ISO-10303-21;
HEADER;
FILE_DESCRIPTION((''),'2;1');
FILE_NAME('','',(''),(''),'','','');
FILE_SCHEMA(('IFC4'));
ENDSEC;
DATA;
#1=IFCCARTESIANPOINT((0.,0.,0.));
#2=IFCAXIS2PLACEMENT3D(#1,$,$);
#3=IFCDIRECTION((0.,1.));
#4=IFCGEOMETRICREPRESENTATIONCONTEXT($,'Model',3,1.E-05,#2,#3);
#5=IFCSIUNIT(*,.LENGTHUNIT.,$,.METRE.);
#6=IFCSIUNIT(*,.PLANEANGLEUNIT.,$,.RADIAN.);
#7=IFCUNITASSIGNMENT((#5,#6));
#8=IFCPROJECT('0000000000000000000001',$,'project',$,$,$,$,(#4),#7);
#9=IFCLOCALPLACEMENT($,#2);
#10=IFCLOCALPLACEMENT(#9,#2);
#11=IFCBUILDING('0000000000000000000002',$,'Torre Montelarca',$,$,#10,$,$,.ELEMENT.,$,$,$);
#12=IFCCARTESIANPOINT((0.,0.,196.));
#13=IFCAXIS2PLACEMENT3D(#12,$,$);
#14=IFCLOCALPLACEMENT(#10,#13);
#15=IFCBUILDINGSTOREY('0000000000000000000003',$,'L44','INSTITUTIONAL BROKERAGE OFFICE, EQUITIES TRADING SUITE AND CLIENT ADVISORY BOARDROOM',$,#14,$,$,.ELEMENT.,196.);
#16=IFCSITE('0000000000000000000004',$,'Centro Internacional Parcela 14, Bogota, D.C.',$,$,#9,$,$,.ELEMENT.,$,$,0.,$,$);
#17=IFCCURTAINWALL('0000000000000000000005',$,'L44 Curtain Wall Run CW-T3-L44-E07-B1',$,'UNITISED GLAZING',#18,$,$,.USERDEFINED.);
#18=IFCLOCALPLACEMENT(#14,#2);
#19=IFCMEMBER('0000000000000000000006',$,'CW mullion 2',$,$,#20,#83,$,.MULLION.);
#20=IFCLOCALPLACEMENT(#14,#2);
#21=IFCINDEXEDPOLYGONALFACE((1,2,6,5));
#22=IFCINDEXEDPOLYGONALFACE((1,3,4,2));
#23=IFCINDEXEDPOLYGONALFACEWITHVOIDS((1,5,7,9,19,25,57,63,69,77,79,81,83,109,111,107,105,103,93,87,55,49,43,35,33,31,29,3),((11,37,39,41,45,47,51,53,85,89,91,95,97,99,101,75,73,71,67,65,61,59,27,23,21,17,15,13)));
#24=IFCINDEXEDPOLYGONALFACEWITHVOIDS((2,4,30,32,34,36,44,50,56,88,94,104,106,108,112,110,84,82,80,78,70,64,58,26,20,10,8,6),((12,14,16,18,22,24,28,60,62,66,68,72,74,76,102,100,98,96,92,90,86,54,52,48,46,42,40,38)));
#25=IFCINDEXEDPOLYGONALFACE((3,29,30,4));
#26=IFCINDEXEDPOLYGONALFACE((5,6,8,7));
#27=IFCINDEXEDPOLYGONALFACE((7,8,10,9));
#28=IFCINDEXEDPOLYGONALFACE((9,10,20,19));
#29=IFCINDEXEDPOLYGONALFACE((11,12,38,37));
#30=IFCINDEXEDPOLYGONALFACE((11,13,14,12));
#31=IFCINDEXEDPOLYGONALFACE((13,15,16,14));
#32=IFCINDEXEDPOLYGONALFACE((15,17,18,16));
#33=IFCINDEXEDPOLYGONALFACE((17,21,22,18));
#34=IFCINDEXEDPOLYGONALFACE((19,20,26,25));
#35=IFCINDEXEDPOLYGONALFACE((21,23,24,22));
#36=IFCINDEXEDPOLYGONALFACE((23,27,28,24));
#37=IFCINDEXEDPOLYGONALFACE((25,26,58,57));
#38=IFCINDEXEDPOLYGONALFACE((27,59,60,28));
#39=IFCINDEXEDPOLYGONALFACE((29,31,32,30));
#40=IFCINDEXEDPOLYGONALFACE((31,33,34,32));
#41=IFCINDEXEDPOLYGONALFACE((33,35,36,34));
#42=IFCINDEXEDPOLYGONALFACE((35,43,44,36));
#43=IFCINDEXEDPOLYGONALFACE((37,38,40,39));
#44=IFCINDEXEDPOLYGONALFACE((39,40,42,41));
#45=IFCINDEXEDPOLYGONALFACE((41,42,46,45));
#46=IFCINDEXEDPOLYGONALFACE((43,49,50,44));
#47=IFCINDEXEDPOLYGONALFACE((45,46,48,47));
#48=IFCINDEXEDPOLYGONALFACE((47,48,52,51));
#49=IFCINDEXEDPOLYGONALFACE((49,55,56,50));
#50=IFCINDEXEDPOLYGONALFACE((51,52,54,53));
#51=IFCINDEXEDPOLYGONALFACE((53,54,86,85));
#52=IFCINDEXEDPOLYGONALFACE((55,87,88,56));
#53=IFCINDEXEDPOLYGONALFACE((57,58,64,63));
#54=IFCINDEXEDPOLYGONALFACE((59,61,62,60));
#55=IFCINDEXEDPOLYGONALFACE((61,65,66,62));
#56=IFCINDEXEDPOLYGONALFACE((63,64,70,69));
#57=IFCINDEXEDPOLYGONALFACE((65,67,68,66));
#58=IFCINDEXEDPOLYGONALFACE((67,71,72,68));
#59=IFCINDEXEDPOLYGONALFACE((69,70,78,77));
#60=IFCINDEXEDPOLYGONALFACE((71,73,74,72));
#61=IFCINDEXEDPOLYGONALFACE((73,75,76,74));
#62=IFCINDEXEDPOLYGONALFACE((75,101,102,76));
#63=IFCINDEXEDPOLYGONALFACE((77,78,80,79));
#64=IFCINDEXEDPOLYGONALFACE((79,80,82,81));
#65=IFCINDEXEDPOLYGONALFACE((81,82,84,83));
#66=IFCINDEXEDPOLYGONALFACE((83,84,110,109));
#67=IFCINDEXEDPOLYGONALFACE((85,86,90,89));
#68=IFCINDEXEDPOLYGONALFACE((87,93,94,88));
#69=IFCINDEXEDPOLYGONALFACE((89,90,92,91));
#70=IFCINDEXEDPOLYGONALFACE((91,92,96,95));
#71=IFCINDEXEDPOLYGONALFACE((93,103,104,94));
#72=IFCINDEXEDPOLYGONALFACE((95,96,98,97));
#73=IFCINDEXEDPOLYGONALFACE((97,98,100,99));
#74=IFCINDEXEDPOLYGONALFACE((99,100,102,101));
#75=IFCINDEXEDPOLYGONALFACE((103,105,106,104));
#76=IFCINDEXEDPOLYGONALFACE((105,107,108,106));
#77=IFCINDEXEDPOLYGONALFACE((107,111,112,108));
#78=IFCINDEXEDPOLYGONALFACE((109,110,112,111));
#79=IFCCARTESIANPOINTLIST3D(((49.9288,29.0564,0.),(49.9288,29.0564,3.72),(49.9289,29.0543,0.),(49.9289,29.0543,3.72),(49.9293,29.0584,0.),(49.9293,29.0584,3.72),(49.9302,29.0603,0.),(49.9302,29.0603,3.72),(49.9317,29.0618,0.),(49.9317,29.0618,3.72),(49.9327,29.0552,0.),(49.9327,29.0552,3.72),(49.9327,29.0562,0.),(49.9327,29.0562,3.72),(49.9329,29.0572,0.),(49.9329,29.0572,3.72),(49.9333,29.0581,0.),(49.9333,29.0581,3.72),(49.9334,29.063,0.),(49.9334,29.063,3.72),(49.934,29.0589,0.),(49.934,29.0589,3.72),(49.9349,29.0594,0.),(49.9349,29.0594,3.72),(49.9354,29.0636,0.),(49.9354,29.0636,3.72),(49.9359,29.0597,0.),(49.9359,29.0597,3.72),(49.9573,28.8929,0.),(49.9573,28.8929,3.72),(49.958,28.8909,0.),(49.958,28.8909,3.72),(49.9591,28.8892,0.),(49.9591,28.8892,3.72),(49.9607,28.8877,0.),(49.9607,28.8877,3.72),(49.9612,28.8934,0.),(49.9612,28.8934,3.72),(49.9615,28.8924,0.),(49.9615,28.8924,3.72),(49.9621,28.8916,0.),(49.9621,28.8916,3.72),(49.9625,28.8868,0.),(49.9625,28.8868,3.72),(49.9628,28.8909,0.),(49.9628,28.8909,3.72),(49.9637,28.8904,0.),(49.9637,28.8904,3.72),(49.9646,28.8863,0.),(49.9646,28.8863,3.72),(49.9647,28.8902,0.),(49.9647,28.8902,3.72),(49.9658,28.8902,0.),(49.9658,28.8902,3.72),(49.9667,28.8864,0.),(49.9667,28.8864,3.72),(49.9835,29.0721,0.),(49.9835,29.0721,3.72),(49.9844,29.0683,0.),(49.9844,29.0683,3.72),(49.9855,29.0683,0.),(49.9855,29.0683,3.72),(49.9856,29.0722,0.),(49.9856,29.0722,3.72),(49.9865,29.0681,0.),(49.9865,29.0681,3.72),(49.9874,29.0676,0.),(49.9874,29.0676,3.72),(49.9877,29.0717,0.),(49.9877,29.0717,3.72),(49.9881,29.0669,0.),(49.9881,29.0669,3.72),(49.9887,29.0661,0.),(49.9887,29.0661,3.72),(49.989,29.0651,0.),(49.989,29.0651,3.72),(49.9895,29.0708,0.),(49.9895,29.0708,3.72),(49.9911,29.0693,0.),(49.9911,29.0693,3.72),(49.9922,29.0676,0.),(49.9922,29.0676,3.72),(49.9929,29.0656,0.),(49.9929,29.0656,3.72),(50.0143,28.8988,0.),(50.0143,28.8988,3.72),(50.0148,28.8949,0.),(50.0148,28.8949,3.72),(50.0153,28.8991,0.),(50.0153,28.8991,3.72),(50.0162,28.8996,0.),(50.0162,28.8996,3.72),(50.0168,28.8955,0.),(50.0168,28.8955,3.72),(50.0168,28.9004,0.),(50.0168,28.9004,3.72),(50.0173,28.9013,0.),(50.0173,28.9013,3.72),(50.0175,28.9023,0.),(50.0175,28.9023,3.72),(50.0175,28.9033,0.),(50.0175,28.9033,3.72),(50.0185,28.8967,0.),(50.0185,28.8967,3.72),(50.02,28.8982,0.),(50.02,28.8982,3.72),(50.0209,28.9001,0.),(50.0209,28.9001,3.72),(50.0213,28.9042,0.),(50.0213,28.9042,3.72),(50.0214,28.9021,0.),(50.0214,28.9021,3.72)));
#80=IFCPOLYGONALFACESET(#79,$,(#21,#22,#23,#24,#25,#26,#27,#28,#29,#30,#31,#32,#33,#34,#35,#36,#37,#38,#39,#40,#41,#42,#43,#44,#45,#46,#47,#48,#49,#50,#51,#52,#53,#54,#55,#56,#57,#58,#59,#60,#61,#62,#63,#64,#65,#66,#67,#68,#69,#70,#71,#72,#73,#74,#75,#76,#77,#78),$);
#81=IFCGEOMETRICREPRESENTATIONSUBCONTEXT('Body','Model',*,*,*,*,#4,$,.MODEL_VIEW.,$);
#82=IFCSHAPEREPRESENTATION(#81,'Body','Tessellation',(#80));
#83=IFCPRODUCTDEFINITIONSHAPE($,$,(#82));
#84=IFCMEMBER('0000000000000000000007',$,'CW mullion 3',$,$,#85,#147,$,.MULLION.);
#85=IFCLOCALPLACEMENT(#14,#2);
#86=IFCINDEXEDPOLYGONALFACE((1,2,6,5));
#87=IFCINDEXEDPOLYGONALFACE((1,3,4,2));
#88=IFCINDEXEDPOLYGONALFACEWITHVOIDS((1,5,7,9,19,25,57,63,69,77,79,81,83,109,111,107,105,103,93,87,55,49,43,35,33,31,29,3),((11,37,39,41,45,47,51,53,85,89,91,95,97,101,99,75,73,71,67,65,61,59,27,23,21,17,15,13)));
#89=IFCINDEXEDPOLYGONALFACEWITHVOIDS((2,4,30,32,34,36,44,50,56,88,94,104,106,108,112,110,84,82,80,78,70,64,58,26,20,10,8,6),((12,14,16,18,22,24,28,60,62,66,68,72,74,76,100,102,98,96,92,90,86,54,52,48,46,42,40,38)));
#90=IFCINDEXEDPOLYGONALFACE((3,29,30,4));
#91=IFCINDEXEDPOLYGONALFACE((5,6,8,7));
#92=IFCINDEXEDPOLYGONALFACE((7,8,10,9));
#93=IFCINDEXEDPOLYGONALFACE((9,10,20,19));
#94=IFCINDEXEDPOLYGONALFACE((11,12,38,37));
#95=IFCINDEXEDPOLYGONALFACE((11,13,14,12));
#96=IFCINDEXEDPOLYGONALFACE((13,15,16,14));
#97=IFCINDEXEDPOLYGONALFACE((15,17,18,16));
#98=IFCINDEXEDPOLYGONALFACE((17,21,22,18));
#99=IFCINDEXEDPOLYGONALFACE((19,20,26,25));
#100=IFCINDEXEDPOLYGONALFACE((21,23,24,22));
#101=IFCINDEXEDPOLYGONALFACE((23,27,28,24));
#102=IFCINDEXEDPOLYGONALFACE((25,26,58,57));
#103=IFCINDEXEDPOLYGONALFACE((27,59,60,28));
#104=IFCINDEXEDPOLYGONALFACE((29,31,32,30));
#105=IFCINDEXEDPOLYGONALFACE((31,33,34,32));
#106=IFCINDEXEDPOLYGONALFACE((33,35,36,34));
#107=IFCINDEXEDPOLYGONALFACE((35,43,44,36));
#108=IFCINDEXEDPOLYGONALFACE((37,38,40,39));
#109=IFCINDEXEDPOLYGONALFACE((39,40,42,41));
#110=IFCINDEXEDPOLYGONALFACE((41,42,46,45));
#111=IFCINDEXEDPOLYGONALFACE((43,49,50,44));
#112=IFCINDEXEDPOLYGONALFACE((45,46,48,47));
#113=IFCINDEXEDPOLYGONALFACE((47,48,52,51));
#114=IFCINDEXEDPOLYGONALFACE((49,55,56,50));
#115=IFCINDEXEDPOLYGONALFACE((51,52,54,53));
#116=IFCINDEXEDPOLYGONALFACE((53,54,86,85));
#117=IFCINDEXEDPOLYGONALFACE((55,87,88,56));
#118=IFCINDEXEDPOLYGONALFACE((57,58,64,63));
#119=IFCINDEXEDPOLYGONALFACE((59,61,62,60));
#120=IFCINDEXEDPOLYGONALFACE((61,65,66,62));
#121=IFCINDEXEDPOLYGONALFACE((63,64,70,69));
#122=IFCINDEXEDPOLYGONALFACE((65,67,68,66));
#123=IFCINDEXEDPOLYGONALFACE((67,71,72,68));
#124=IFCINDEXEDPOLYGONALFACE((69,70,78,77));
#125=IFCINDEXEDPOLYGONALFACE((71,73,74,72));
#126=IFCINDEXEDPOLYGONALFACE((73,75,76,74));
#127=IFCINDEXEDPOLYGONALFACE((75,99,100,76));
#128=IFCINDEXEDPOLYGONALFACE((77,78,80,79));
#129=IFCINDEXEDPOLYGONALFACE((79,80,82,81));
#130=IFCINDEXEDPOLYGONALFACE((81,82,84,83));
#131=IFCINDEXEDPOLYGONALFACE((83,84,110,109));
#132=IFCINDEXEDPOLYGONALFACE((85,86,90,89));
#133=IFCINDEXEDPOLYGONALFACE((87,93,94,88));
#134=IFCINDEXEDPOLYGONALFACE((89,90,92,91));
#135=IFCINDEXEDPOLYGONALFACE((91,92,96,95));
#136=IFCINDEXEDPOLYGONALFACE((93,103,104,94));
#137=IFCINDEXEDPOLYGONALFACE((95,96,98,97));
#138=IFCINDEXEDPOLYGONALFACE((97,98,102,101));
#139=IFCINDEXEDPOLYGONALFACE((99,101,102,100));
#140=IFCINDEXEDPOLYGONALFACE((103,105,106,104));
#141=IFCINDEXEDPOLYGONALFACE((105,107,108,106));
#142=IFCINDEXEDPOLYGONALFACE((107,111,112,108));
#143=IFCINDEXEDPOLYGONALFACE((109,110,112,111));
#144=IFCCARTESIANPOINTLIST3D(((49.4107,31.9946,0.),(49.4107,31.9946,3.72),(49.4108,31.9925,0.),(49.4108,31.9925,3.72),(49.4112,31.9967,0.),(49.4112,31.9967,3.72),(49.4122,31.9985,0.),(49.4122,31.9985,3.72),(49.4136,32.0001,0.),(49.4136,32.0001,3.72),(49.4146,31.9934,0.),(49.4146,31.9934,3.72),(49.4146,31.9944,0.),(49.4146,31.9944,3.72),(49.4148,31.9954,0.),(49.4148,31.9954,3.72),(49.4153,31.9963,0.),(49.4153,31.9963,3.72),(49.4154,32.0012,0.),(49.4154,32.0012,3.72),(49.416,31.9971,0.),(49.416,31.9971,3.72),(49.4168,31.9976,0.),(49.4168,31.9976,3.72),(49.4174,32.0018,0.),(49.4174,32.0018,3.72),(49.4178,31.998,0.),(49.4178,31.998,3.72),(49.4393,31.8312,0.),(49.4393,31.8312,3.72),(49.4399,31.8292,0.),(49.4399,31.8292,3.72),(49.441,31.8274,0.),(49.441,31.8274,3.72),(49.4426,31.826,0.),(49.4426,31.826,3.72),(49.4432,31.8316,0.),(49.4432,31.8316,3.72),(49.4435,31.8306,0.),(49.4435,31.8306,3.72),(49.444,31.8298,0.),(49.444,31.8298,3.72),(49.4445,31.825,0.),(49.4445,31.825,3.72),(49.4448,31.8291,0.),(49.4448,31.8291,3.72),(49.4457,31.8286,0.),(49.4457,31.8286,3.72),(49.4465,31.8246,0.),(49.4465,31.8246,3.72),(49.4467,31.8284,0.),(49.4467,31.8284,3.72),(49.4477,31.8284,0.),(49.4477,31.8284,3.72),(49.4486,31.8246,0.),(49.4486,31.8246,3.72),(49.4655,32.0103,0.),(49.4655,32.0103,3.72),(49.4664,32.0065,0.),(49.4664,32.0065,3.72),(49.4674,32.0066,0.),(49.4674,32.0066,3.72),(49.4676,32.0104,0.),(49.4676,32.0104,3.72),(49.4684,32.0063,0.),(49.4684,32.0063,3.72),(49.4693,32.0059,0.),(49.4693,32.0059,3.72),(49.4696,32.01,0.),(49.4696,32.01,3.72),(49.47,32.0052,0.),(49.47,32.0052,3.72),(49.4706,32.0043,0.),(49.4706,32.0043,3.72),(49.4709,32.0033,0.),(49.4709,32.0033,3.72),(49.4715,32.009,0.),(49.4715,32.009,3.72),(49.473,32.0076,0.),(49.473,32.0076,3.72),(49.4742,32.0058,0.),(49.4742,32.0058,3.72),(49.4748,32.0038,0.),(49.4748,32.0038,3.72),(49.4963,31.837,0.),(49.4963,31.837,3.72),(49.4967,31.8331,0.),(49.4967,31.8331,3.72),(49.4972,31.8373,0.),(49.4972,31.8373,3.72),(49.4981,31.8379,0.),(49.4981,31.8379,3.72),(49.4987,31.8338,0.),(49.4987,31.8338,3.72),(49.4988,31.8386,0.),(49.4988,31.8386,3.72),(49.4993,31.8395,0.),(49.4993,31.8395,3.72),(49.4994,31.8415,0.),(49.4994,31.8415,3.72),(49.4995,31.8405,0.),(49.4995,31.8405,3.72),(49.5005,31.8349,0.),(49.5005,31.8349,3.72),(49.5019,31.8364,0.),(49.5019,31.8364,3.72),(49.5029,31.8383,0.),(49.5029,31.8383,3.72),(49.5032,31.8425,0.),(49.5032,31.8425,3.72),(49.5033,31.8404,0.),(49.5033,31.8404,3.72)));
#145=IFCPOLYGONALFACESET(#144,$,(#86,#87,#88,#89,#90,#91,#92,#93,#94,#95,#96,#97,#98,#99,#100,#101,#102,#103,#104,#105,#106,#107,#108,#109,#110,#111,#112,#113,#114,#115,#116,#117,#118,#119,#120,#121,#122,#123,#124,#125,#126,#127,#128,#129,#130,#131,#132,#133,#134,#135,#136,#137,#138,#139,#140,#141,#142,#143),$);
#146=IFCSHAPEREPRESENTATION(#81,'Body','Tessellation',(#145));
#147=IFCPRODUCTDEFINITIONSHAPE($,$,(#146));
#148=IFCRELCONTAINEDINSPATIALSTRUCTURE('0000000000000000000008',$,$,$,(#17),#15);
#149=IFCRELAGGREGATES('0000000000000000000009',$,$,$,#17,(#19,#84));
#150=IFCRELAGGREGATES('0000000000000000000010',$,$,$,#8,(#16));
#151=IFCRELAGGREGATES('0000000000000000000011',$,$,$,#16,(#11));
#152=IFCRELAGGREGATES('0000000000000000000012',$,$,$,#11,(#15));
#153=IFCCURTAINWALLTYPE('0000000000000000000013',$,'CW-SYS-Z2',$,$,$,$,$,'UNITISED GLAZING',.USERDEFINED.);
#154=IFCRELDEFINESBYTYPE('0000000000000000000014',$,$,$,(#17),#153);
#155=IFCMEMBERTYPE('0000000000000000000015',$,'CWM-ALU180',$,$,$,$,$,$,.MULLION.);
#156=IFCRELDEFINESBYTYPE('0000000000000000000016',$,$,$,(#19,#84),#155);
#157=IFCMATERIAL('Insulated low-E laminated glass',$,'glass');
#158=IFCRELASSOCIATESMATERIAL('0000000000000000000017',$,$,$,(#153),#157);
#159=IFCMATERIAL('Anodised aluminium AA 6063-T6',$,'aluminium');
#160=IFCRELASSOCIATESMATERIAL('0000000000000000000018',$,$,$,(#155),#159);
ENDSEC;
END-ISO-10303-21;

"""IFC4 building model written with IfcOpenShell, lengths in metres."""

from ifc_helpers import new_model, si_unit, direction, frame, origin, origin_2d, place, context, subcontext, project, spatial, hollow_rectangle, extrude, source, transform, mapped, material, material_profile, profile_set, type_object, element, aggregate, save


model = new_model("IFC4")

# Units and contexts
model_context = context("Model", 3, precision=1e-05, world=origin(), true_north=direction((0.0, 1.0)))
body_context = subcontext(model_context, "Body", "Model", "MODEL_VIEW")
ifc_project = project(units=[si_unit("LENGTHUNIT", "METRE"), si_unit("PLANEANGLEUNIT", "RADIAN")], contexts=[model_context])

# Site, building, storey
site_placement = place(None, origin())
site = spatial("IfcSite", under=ifc_project, at=site_placement, Name="Centro Internacional Parcela 14, Bogota, D.C.", CompositionType="ELEMENT", RefElevation=0.0)
building_placement = place(site_placement, origin())
building = spatial("IfcBuilding", under=site, at=building_placement, Name="Torre Montelarca", CompositionType="ELEMENT")
storey_placement = place(building_placement, frame((0.0, 0.0, 196.0)))
storey = spatial("IfcBuildingStorey", under=building, at=storey_placement, Name="L44", Description="INSTITUTIONAL BROKERAGE OFFICE, EQUITIES TRADING SUITE AND CLIENT ADVISORY BOARDROOM", CompositionType="ELEMENT", Elevation=196.0)

# Curtain wall, members
ifc_material_1 = material(Name="Insulated low-E laminated glass", Category="glass")
curtain_wall_type = type_object("IfcCurtainWallType", Name="CW-SYS-Z2", ElementType="UNITISED GLAZING", PredefinedType="USERDEFINED", material=ifc_material_1)
curtain_wall_1_placement = place(storey_placement, origin())
curtain_wall_1 = element("IfcCurtainWall", 1, at=curtain_wall_1_placement, inside=storey, type_object=curtain_wall_type, Name="L44 Curtain Wall Run CW-T3-L44-E07-B1", ObjectType="UNITISED GLAZING", PredefinedType="USERDEFINED")
ifc_material_2 = material(Name="Anodised aluminium AA 6063-T6", Category="aluminium")
ifc_material_profile_1 = material_profile(ifc_material_2, hollow_rectangle(XDim=0.0649, YDim=0.1799, WallThickness=0.0039, InnerFilletRadius=0.0039, OuterFilletRadius=0.0081, at=origin_2d()), Name="ALU65X180X4", Category="aluminium")
ifc_profile_set_1 = profile_set([ifc_material_profile_1], Name="Anodised aluminium AA 6063-T6")
member_type_1 = type_object("IfcMemberType", Name="CWM-ALU180", PredefinedType="MULLION", material=ifc_profile_set_1)
shared_shape_1 = source(origin(), body_context, "Body", "SweptSolid", [
    extrude(hollow_rectangle(XDim=0.0649, YDim=0.1799, WallThickness=0.0039, InnerFilletRadius=0.0039, OuterFilletRadius=0.0081, at=origin_2d()), origin(), (0.0, 0.0, 1.0), 3.72),
])
member_1_placement = place(storey_placement, frame((49.9751, 28.9792, 0.0), z_axis=(0.0, 0.0, 1.0), x_axis=(-0.98481, -0.173634, 0.0)))
member_1 = element("IfcMember", 2, at=member_1_placement, type_object=member_type_1, Name="CW mullion 2", PredefinedType="MULLION", context=body_context, shape_type="MappedRepresentation", body=[
    mapped(shared_shape_1, transform((0.0, 0.0, 0.0), scale=1.0)),
])
member_2_placement = place(storey_placement, frame((49.457, 31.9175, 0.0), z_axis=(0.0, 0.0, 1.0), x_axis=(-0.98481, -0.173634, 0.0)))
member_2 = element("IfcMember", 3, at=member_2_placement, type_object=member_type_1, Name="CW mullion 3", PredefinedType="MULLION", context=body_context, shape_type="MappedRepresentation", body=[
    mapped(shared_shape_1, transform((0.0, 0.0, 0.0), scale=1.0)),
])

aggregate(curtain_wall_1, [member_1, member_2])

save(model, "model.ifc")
